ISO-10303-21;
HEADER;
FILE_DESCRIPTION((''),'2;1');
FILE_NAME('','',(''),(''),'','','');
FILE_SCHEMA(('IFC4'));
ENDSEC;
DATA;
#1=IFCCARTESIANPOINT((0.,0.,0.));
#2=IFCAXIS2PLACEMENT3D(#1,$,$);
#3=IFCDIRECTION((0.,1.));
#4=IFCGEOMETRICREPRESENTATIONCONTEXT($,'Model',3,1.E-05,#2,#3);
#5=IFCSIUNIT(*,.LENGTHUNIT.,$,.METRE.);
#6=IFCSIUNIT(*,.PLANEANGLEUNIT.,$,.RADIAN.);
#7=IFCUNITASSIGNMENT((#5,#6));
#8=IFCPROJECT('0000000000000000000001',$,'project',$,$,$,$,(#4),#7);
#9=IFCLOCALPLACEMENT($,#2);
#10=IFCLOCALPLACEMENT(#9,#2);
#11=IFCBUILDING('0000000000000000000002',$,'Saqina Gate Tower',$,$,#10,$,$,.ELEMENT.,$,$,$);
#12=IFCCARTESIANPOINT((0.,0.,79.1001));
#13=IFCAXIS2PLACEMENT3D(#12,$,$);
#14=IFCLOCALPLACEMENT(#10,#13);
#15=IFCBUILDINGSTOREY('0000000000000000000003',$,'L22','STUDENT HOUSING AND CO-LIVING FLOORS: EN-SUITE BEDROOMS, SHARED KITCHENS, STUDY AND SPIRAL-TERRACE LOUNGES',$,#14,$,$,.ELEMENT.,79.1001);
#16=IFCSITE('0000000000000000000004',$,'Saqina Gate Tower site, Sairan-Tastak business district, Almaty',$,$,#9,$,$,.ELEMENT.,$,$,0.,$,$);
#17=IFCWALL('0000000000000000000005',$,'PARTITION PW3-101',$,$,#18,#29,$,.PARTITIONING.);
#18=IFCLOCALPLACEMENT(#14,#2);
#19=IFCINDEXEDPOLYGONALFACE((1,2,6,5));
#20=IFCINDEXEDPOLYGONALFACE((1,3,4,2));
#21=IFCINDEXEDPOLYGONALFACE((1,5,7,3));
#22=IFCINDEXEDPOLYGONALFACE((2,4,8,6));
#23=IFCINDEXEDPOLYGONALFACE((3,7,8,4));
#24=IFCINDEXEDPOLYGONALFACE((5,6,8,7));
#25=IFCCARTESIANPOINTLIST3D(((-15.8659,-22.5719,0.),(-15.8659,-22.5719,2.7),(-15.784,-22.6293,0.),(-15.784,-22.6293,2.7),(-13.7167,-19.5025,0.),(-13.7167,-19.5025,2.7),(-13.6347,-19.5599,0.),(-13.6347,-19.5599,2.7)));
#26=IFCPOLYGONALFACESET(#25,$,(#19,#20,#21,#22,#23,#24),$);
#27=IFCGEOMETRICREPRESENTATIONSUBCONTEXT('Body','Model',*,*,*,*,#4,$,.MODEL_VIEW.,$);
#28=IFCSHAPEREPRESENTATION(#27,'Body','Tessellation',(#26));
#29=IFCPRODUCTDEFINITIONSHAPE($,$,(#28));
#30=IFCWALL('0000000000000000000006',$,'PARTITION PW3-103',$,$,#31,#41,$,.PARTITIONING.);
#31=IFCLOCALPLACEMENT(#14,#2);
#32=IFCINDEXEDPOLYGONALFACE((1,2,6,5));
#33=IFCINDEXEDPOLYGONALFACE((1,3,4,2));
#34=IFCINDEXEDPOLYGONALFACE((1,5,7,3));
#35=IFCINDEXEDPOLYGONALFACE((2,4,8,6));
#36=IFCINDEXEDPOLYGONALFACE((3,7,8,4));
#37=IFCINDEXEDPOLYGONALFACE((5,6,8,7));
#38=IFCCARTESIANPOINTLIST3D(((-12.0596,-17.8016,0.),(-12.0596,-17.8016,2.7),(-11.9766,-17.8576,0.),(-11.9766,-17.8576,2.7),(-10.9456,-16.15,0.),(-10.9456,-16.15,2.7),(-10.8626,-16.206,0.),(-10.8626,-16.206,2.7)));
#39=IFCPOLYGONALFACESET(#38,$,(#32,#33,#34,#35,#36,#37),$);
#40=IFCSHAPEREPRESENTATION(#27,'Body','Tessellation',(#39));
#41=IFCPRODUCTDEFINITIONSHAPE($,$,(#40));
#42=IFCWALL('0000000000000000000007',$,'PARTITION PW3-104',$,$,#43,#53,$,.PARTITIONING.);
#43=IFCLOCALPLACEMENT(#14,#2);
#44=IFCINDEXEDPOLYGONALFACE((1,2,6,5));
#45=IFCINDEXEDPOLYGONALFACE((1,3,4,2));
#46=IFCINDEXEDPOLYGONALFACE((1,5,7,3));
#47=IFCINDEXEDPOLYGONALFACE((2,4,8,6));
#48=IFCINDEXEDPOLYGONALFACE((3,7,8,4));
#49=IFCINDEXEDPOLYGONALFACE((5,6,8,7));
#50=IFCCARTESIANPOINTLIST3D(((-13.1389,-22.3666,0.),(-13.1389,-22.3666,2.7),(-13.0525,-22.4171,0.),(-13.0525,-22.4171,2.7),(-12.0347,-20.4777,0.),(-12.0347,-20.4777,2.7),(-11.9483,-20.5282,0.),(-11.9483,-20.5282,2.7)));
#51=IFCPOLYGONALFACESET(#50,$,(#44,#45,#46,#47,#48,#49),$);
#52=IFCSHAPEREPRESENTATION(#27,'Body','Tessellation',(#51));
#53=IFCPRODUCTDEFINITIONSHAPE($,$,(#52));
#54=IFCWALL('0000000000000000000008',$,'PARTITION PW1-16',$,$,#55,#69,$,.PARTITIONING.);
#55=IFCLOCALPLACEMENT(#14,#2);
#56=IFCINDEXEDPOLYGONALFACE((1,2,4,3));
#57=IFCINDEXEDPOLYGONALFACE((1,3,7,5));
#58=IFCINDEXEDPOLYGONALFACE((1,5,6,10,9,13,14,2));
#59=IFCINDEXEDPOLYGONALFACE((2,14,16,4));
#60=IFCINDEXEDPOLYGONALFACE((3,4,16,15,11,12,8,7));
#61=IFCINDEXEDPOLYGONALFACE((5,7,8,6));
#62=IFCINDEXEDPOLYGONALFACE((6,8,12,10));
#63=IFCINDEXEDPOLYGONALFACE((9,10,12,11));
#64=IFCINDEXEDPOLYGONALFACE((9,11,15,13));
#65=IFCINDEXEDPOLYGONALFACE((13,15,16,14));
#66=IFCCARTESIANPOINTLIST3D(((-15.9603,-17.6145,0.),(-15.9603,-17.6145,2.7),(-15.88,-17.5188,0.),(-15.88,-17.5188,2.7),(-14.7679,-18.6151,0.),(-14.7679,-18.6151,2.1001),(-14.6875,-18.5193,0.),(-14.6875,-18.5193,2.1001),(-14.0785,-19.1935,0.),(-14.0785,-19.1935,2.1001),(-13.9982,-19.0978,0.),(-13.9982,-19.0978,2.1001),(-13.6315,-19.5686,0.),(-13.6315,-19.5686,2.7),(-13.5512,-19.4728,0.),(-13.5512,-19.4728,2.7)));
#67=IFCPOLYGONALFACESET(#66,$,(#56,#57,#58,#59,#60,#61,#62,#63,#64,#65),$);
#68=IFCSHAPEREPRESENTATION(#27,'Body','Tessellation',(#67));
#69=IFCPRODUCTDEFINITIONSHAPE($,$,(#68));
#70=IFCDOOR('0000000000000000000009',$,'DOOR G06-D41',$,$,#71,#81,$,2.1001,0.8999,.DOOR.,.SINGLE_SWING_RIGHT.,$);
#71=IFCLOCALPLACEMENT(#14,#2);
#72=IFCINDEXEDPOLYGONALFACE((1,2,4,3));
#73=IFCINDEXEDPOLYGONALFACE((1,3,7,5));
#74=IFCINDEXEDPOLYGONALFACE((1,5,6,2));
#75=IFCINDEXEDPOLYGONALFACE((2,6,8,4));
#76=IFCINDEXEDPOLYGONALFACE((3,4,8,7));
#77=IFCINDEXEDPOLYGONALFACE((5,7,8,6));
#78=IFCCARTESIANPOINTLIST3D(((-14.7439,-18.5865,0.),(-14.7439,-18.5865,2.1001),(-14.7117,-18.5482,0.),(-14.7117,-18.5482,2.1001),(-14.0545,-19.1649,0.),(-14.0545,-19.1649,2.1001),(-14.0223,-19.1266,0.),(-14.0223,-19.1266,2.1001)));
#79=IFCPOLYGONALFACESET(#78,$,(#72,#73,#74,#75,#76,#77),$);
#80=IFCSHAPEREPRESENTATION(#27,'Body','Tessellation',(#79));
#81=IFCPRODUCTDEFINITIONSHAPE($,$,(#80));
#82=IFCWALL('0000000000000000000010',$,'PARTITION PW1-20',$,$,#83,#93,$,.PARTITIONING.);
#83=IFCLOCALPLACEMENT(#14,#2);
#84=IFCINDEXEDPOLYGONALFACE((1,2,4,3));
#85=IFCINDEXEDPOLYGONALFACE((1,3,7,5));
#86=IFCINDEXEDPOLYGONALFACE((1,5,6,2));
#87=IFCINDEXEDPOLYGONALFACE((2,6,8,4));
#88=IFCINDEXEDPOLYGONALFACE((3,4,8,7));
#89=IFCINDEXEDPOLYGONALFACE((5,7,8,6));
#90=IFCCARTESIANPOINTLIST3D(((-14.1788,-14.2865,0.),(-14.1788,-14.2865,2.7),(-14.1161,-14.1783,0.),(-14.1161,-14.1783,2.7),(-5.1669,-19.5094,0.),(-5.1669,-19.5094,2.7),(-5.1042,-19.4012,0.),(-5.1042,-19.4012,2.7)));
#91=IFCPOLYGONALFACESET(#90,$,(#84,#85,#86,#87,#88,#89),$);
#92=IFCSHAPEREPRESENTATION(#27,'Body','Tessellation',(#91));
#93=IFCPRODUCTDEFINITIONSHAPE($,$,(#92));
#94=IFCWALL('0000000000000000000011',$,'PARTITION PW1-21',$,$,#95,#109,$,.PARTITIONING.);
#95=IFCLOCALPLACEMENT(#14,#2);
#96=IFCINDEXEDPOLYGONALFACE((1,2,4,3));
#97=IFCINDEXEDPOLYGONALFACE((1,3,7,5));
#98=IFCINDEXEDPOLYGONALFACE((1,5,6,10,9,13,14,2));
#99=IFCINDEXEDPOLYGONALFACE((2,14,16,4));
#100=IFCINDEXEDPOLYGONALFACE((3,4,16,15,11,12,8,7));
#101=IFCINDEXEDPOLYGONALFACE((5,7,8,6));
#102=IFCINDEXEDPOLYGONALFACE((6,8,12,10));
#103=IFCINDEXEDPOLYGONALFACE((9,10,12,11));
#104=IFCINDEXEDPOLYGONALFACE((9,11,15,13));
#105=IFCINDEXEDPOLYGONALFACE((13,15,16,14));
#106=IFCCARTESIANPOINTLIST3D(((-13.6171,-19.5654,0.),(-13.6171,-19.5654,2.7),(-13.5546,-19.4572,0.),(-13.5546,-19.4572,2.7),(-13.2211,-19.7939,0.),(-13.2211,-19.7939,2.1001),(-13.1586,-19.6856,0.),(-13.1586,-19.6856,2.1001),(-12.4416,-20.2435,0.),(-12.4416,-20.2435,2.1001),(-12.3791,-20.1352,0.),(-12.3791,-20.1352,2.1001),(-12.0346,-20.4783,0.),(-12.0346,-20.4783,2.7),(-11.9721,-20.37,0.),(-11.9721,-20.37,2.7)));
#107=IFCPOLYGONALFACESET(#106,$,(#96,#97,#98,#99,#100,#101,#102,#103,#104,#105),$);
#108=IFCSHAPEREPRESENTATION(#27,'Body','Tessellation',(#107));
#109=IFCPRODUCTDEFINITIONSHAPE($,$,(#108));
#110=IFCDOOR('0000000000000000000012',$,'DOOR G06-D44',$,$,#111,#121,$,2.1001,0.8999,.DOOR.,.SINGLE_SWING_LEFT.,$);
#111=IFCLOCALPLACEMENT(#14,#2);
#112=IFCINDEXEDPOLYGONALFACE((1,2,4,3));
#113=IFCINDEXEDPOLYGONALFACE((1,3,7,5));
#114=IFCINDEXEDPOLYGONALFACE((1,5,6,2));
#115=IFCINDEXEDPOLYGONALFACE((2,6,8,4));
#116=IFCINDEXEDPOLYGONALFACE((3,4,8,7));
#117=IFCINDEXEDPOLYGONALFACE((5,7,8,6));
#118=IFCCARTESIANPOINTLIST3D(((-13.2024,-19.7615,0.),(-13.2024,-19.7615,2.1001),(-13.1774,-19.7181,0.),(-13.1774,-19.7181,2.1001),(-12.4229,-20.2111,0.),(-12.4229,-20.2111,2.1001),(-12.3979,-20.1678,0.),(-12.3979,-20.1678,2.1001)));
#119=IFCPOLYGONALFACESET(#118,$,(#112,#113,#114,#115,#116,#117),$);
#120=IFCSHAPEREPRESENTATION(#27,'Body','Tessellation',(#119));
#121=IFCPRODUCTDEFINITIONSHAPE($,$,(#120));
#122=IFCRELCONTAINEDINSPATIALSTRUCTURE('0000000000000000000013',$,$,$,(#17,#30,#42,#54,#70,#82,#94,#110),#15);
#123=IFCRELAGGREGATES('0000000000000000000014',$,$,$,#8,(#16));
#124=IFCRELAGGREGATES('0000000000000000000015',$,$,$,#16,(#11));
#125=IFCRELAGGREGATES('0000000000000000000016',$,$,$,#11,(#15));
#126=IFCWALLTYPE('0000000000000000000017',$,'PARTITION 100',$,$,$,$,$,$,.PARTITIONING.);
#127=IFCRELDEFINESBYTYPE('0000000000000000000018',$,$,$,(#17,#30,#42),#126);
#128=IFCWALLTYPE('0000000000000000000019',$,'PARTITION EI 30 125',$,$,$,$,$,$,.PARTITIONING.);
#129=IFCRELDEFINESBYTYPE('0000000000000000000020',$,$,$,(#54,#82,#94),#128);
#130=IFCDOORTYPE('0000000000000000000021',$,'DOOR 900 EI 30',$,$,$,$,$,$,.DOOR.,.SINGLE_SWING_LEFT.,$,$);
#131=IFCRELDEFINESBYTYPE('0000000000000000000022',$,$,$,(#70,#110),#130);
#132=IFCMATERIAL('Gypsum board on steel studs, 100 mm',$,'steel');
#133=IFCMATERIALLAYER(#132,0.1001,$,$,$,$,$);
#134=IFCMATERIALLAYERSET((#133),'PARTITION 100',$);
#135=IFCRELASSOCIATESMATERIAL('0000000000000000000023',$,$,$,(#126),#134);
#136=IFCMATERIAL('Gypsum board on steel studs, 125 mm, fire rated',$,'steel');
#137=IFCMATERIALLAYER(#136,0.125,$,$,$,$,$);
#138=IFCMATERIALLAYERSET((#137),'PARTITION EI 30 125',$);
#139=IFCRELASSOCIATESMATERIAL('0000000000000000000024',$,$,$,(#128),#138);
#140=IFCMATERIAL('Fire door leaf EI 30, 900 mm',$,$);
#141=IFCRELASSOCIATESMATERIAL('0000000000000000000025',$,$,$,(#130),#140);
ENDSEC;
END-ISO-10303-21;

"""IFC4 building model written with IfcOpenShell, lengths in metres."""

from ifc_helpers import new_model, si_unit, direction, frame, frame_2d, origin, place, context, subcontext, project, spatial, rectangle, extrude, material, layer, layer_set, type_object, element, fill, save


model = new_model("IFC4")

# Units and contexts
model_context = context("Model", 3, precision=1e-05, world=origin(), true_north=direction((0.0, 1.0)))
body_context = subcontext(model_context, "Body", "Model", "MODEL_VIEW")
ifc_project = project(units=[si_unit("LENGTHUNIT", "METRE"), si_unit("PLANEANGLEUNIT", "RADIAN")], contexts=[model_context])

# Site, building, storey
site_placement = place(None, origin())
site = spatial("IfcSite", under=ifc_project, at=site_placement, Name="Saqina Gate Tower site, Sairan-Tastak business district, Almaty", CompositionType="ELEMENT", RefElevation=0.0)
building_placement = place(site_placement, origin())
building = spatial("IfcBuilding", under=site, at=building_placement, Name="Saqina Gate Tower", CompositionType="ELEMENT")
storey_placement = place(building_placement, frame((0.0, 0.0, 79.1001)))
storey = spatial("IfcBuildingStorey", under=building, at=storey_placement, Name="L22", Description="STUDENT HOUSING AND CO-LIVING FLOORS: EN-SUITE BEDROOMS, SHARED KITCHENS, STUDY AND SPIRAL-TERRACE LOUNGES", CompositionType="ELEMENT", Elevation=79.1001)

# Shared definitions
ifc_material_1 = material(Name="Gypsum board on steel studs, 100 mm", Category="steel")
ifc_layer_1 = layer(ifc_material_1, 0.1001)
ifc_layer_set_1 = layer_set([ifc_layer_1], Name="PARTITION 100")
wall_type_1 = type_object("IfcWallType", Name="PARTITION 100", PredefinedType="PARTITIONING", material=ifc_layer_set_1)

# Walls
wall_1_placement = place(storey_placement, frame((-15.825, -22.6006, 0.0), z_axis=(0.0, 0.0, 1.0), x_axis=(0.573576, 0.819152, 0.0)))
element("IfcWall", 1, at=wall_1_placement, inside=storey, type_object=wall_type_1, Name="PARTITION PW3-101", PredefinedType="PARTITIONING", context=body_context, shape_type="SweptSolid", body=[
    extrude(rectangle(XDim=3.7471, YDim=0.1001, at=frame_2d((1.8735, 0.0))), origin(), (0.0, 0.0, 1.0), 2.7),
])
wall_2_placement = place(storey_placement, frame((-12.0181, -17.8296, 0.0), z_axis=(0.0, 0.0, 1.0), x_axis=(0.559189, 0.82904, 0.0)))
element("IfcWall", 2, at=wall_2_placement, inside=storey, type_object=wall_type_1, Name="PARTITION PW3-103", PredefinedType="PARTITIONING", context=body_context, shape_type="SweptSolid", body=[
    extrude(rectangle(XDim=1.9922, YDim=0.1001, at=frame_2d((0.9961, 0.0))), origin(), (0.0, 0.0, 1.0), 2.7),
])
wall_3_placement = place(storey_placement, frame((-13.0957, -22.3918, 0.0), z_axis=(0.0, 0.0, 1.0), x_axis=(0.504683, 0.863305, 0.0)))
element("IfcWall", 3, at=wall_3_placement, inside=storey, type_object=wall_type_1, Name="PARTITION PW3-104", PredefinedType="PARTITIONING", context=body_context, shape_type="SweptSolid", body=[
    extrude(rectangle(XDim=2.188, YDim=0.1001, at=frame_2d((1.094, 0.0))), origin(), (0.0, 0.0, 1.0), 2.7),
])

# Wall, opening, door
ifc_material_2 = material(Name="Gypsum board on steel studs, 125 mm, fire rated", Category="steel")
ifc_layer_2 = layer(ifc_material_2, 0.125)
ifc_layer_set_2 = layer_set([ifc_layer_2], Name="PARTITION EI 30 125")
wall_type_2 = type_object("IfcWallType", Name="PARTITION EI 30 125", PredefinedType="PARTITIONING", material=ifc_layer_set_2)
wall_4_placement = place(storey_placement, frame((-15.9202, -17.5667, 0.0), z_axis=(0.0, 0.0, 1.0), x_axis=(0.766051, -0.64278, 0.0)))
wall_4 = element("IfcWall", 4, at=wall_4_placement, inside=storey, type_object=wall_type_2, Name="PARTITION PW1-16", PredefinedType="PARTITIONING", context=body_context, shape_type="SweptSolid", body=[
    extrude(rectangle(XDim=3.04, YDim=0.125, at=frame_2d((1.52, 0.0))), origin(), (0.0, 0.0, 1.0), 2.7),
])
opening_1_placement = place(wall_4_placement, frame((1.5566, 0.0, 0.0)))
opening_1 = element("IfcOpeningElement", 5, at=opening_1_placement, cuts=wall_4, PredefinedType="OPENING", context=body_context, shape_type="SweptSolid", body=[
    extrude(rectangle(XDim=0.8999, YDim=2.1001, at=frame_2d((0.45, 1.05))), frame((0.0, 0.0745, 0.0), z_axis=(0.0, -1.0, 0.0), x_axis=(1.0, 0.0, 0.0)), (0.0, 0.0, 1.0), 0.1489),
])
ifc_material_3 = material(Name="Fire door leaf EI 30, 900 mm")
door_type_1 = type_object("IfcDoorType", Name="DOOR 900 EI 30", OperationType="SINGLE_SWING_LEFT", PredefinedType="DOOR", material=ifc_material_3)
door_1_placement = place(opening_1_placement, origin())
door_1 = element("IfcDoor", 6, at=door_1_placement, inside=storey, type_object=door_type_1, Name="DOOR G06-D41", OperationType="SINGLE_SWING_RIGHT", OverallHeight=2.1001, OverallWidth=0.8999, PredefinedType="DOOR", context=body_context, shape_type="SweptSolid", body=[
    extrude(rectangle(XDim=0.8999, YDim=2.1001, at=frame_2d((0.45, 1.05))), frame((0.0, 0.0249, 0.0), z_axis=(0.0, -1.0, 0.0), x_axis=(1.0, 0.0, 0.0)), (0.0, 0.0, 1.0), 0.05),
])
fill(opening_1, door_1)

# Wall
wall_5_placement = place(storey_placement, frame((-14.1475, -14.2324, 0.0), z_axis=(0.0, 0.0, 1.0), x_axis=(0.865199, -0.501428, 0.0)))
element("IfcWall", 7, at=wall_5_placement, inside=storey, type_object=wall_type_2, Name="PARTITION PW1-20", PredefinedType="PARTITIONING", context=body_context, shape_type="SweptSolid", body=[
    extrude(rectangle(XDim=10.416, YDim=0.125, at=frame_2d((5.208, 0.0))), origin(), (0.0, 0.0, 1.0), 2.7),
])

# Wall, opening, door
wall_6_placement = place(storey_placement, frame((-13.5859, -19.5112, 0.0), z_axis=(0.0, 0.0, 1.0), x_axis=(0.866221, -0.499661, 0.0)))
wall_6 = element("IfcWall", 8, at=wall_6_placement, inside=storey, type_object=wall_type_2, Name="PARTITION PW1-21", PredefinedType="PARTITIONING", context=body_context, shape_type="SweptSolid", body=[
    extrude(rectangle(XDim=1.8269, YDim=0.125, at=frame_2d((0.9136, 0.0))), origin(), (0.0, 0.0, 1.0), 2.7),
])
opening_2_placement = place(wall_6_placement, frame((0.4573, 0.0, 0.0)))
opening_2 = element("IfcOpeningElement", 9, at=opening_2_placement, cuts=wall_6, PredefinedType="OPENING", context=body_context, shape_type="SweptSolid", body=[
    extrude(rectangle(XDim=0.8999, YDim=2.1001, at=frame_2d((0.45, 1.05))), frame((0.0, 0.0745, 0.0), z_axis=(0.0, -1.0, 0.0), x_axis=(1.0, 0.0, 0.0)), (0.0, 0.0, 1.0), 0.1489),
])
door_2_placement = place(opening_2_placement, origin())
door_2 = element("IfcDoor", 10, at=door_2_placement, inside=storey, type_object=door_type_1, Name="DOOR G06-D44", OperationType="SINGLE_SWING_LEFT", OverallHeight=2.1001, OverallWidth=0.8999, PredefinedType="DOOR", context=body_context, shape_type="SweptSolid", body=[
    extrude(rectangle(XDim=0.8999, YDim=2.1001, at=frame_2d((0.45, 1.05))), frame((0.0, 0.0249, 0.0), z_axis=(0.0, -1.0, 0.0), x_axis=(1.0, 0.0, 0.0)), (0.0, 0.0, 1.0), 0.05),
])
fill(opening_2, door_2)

save(model, "model.ifc")
